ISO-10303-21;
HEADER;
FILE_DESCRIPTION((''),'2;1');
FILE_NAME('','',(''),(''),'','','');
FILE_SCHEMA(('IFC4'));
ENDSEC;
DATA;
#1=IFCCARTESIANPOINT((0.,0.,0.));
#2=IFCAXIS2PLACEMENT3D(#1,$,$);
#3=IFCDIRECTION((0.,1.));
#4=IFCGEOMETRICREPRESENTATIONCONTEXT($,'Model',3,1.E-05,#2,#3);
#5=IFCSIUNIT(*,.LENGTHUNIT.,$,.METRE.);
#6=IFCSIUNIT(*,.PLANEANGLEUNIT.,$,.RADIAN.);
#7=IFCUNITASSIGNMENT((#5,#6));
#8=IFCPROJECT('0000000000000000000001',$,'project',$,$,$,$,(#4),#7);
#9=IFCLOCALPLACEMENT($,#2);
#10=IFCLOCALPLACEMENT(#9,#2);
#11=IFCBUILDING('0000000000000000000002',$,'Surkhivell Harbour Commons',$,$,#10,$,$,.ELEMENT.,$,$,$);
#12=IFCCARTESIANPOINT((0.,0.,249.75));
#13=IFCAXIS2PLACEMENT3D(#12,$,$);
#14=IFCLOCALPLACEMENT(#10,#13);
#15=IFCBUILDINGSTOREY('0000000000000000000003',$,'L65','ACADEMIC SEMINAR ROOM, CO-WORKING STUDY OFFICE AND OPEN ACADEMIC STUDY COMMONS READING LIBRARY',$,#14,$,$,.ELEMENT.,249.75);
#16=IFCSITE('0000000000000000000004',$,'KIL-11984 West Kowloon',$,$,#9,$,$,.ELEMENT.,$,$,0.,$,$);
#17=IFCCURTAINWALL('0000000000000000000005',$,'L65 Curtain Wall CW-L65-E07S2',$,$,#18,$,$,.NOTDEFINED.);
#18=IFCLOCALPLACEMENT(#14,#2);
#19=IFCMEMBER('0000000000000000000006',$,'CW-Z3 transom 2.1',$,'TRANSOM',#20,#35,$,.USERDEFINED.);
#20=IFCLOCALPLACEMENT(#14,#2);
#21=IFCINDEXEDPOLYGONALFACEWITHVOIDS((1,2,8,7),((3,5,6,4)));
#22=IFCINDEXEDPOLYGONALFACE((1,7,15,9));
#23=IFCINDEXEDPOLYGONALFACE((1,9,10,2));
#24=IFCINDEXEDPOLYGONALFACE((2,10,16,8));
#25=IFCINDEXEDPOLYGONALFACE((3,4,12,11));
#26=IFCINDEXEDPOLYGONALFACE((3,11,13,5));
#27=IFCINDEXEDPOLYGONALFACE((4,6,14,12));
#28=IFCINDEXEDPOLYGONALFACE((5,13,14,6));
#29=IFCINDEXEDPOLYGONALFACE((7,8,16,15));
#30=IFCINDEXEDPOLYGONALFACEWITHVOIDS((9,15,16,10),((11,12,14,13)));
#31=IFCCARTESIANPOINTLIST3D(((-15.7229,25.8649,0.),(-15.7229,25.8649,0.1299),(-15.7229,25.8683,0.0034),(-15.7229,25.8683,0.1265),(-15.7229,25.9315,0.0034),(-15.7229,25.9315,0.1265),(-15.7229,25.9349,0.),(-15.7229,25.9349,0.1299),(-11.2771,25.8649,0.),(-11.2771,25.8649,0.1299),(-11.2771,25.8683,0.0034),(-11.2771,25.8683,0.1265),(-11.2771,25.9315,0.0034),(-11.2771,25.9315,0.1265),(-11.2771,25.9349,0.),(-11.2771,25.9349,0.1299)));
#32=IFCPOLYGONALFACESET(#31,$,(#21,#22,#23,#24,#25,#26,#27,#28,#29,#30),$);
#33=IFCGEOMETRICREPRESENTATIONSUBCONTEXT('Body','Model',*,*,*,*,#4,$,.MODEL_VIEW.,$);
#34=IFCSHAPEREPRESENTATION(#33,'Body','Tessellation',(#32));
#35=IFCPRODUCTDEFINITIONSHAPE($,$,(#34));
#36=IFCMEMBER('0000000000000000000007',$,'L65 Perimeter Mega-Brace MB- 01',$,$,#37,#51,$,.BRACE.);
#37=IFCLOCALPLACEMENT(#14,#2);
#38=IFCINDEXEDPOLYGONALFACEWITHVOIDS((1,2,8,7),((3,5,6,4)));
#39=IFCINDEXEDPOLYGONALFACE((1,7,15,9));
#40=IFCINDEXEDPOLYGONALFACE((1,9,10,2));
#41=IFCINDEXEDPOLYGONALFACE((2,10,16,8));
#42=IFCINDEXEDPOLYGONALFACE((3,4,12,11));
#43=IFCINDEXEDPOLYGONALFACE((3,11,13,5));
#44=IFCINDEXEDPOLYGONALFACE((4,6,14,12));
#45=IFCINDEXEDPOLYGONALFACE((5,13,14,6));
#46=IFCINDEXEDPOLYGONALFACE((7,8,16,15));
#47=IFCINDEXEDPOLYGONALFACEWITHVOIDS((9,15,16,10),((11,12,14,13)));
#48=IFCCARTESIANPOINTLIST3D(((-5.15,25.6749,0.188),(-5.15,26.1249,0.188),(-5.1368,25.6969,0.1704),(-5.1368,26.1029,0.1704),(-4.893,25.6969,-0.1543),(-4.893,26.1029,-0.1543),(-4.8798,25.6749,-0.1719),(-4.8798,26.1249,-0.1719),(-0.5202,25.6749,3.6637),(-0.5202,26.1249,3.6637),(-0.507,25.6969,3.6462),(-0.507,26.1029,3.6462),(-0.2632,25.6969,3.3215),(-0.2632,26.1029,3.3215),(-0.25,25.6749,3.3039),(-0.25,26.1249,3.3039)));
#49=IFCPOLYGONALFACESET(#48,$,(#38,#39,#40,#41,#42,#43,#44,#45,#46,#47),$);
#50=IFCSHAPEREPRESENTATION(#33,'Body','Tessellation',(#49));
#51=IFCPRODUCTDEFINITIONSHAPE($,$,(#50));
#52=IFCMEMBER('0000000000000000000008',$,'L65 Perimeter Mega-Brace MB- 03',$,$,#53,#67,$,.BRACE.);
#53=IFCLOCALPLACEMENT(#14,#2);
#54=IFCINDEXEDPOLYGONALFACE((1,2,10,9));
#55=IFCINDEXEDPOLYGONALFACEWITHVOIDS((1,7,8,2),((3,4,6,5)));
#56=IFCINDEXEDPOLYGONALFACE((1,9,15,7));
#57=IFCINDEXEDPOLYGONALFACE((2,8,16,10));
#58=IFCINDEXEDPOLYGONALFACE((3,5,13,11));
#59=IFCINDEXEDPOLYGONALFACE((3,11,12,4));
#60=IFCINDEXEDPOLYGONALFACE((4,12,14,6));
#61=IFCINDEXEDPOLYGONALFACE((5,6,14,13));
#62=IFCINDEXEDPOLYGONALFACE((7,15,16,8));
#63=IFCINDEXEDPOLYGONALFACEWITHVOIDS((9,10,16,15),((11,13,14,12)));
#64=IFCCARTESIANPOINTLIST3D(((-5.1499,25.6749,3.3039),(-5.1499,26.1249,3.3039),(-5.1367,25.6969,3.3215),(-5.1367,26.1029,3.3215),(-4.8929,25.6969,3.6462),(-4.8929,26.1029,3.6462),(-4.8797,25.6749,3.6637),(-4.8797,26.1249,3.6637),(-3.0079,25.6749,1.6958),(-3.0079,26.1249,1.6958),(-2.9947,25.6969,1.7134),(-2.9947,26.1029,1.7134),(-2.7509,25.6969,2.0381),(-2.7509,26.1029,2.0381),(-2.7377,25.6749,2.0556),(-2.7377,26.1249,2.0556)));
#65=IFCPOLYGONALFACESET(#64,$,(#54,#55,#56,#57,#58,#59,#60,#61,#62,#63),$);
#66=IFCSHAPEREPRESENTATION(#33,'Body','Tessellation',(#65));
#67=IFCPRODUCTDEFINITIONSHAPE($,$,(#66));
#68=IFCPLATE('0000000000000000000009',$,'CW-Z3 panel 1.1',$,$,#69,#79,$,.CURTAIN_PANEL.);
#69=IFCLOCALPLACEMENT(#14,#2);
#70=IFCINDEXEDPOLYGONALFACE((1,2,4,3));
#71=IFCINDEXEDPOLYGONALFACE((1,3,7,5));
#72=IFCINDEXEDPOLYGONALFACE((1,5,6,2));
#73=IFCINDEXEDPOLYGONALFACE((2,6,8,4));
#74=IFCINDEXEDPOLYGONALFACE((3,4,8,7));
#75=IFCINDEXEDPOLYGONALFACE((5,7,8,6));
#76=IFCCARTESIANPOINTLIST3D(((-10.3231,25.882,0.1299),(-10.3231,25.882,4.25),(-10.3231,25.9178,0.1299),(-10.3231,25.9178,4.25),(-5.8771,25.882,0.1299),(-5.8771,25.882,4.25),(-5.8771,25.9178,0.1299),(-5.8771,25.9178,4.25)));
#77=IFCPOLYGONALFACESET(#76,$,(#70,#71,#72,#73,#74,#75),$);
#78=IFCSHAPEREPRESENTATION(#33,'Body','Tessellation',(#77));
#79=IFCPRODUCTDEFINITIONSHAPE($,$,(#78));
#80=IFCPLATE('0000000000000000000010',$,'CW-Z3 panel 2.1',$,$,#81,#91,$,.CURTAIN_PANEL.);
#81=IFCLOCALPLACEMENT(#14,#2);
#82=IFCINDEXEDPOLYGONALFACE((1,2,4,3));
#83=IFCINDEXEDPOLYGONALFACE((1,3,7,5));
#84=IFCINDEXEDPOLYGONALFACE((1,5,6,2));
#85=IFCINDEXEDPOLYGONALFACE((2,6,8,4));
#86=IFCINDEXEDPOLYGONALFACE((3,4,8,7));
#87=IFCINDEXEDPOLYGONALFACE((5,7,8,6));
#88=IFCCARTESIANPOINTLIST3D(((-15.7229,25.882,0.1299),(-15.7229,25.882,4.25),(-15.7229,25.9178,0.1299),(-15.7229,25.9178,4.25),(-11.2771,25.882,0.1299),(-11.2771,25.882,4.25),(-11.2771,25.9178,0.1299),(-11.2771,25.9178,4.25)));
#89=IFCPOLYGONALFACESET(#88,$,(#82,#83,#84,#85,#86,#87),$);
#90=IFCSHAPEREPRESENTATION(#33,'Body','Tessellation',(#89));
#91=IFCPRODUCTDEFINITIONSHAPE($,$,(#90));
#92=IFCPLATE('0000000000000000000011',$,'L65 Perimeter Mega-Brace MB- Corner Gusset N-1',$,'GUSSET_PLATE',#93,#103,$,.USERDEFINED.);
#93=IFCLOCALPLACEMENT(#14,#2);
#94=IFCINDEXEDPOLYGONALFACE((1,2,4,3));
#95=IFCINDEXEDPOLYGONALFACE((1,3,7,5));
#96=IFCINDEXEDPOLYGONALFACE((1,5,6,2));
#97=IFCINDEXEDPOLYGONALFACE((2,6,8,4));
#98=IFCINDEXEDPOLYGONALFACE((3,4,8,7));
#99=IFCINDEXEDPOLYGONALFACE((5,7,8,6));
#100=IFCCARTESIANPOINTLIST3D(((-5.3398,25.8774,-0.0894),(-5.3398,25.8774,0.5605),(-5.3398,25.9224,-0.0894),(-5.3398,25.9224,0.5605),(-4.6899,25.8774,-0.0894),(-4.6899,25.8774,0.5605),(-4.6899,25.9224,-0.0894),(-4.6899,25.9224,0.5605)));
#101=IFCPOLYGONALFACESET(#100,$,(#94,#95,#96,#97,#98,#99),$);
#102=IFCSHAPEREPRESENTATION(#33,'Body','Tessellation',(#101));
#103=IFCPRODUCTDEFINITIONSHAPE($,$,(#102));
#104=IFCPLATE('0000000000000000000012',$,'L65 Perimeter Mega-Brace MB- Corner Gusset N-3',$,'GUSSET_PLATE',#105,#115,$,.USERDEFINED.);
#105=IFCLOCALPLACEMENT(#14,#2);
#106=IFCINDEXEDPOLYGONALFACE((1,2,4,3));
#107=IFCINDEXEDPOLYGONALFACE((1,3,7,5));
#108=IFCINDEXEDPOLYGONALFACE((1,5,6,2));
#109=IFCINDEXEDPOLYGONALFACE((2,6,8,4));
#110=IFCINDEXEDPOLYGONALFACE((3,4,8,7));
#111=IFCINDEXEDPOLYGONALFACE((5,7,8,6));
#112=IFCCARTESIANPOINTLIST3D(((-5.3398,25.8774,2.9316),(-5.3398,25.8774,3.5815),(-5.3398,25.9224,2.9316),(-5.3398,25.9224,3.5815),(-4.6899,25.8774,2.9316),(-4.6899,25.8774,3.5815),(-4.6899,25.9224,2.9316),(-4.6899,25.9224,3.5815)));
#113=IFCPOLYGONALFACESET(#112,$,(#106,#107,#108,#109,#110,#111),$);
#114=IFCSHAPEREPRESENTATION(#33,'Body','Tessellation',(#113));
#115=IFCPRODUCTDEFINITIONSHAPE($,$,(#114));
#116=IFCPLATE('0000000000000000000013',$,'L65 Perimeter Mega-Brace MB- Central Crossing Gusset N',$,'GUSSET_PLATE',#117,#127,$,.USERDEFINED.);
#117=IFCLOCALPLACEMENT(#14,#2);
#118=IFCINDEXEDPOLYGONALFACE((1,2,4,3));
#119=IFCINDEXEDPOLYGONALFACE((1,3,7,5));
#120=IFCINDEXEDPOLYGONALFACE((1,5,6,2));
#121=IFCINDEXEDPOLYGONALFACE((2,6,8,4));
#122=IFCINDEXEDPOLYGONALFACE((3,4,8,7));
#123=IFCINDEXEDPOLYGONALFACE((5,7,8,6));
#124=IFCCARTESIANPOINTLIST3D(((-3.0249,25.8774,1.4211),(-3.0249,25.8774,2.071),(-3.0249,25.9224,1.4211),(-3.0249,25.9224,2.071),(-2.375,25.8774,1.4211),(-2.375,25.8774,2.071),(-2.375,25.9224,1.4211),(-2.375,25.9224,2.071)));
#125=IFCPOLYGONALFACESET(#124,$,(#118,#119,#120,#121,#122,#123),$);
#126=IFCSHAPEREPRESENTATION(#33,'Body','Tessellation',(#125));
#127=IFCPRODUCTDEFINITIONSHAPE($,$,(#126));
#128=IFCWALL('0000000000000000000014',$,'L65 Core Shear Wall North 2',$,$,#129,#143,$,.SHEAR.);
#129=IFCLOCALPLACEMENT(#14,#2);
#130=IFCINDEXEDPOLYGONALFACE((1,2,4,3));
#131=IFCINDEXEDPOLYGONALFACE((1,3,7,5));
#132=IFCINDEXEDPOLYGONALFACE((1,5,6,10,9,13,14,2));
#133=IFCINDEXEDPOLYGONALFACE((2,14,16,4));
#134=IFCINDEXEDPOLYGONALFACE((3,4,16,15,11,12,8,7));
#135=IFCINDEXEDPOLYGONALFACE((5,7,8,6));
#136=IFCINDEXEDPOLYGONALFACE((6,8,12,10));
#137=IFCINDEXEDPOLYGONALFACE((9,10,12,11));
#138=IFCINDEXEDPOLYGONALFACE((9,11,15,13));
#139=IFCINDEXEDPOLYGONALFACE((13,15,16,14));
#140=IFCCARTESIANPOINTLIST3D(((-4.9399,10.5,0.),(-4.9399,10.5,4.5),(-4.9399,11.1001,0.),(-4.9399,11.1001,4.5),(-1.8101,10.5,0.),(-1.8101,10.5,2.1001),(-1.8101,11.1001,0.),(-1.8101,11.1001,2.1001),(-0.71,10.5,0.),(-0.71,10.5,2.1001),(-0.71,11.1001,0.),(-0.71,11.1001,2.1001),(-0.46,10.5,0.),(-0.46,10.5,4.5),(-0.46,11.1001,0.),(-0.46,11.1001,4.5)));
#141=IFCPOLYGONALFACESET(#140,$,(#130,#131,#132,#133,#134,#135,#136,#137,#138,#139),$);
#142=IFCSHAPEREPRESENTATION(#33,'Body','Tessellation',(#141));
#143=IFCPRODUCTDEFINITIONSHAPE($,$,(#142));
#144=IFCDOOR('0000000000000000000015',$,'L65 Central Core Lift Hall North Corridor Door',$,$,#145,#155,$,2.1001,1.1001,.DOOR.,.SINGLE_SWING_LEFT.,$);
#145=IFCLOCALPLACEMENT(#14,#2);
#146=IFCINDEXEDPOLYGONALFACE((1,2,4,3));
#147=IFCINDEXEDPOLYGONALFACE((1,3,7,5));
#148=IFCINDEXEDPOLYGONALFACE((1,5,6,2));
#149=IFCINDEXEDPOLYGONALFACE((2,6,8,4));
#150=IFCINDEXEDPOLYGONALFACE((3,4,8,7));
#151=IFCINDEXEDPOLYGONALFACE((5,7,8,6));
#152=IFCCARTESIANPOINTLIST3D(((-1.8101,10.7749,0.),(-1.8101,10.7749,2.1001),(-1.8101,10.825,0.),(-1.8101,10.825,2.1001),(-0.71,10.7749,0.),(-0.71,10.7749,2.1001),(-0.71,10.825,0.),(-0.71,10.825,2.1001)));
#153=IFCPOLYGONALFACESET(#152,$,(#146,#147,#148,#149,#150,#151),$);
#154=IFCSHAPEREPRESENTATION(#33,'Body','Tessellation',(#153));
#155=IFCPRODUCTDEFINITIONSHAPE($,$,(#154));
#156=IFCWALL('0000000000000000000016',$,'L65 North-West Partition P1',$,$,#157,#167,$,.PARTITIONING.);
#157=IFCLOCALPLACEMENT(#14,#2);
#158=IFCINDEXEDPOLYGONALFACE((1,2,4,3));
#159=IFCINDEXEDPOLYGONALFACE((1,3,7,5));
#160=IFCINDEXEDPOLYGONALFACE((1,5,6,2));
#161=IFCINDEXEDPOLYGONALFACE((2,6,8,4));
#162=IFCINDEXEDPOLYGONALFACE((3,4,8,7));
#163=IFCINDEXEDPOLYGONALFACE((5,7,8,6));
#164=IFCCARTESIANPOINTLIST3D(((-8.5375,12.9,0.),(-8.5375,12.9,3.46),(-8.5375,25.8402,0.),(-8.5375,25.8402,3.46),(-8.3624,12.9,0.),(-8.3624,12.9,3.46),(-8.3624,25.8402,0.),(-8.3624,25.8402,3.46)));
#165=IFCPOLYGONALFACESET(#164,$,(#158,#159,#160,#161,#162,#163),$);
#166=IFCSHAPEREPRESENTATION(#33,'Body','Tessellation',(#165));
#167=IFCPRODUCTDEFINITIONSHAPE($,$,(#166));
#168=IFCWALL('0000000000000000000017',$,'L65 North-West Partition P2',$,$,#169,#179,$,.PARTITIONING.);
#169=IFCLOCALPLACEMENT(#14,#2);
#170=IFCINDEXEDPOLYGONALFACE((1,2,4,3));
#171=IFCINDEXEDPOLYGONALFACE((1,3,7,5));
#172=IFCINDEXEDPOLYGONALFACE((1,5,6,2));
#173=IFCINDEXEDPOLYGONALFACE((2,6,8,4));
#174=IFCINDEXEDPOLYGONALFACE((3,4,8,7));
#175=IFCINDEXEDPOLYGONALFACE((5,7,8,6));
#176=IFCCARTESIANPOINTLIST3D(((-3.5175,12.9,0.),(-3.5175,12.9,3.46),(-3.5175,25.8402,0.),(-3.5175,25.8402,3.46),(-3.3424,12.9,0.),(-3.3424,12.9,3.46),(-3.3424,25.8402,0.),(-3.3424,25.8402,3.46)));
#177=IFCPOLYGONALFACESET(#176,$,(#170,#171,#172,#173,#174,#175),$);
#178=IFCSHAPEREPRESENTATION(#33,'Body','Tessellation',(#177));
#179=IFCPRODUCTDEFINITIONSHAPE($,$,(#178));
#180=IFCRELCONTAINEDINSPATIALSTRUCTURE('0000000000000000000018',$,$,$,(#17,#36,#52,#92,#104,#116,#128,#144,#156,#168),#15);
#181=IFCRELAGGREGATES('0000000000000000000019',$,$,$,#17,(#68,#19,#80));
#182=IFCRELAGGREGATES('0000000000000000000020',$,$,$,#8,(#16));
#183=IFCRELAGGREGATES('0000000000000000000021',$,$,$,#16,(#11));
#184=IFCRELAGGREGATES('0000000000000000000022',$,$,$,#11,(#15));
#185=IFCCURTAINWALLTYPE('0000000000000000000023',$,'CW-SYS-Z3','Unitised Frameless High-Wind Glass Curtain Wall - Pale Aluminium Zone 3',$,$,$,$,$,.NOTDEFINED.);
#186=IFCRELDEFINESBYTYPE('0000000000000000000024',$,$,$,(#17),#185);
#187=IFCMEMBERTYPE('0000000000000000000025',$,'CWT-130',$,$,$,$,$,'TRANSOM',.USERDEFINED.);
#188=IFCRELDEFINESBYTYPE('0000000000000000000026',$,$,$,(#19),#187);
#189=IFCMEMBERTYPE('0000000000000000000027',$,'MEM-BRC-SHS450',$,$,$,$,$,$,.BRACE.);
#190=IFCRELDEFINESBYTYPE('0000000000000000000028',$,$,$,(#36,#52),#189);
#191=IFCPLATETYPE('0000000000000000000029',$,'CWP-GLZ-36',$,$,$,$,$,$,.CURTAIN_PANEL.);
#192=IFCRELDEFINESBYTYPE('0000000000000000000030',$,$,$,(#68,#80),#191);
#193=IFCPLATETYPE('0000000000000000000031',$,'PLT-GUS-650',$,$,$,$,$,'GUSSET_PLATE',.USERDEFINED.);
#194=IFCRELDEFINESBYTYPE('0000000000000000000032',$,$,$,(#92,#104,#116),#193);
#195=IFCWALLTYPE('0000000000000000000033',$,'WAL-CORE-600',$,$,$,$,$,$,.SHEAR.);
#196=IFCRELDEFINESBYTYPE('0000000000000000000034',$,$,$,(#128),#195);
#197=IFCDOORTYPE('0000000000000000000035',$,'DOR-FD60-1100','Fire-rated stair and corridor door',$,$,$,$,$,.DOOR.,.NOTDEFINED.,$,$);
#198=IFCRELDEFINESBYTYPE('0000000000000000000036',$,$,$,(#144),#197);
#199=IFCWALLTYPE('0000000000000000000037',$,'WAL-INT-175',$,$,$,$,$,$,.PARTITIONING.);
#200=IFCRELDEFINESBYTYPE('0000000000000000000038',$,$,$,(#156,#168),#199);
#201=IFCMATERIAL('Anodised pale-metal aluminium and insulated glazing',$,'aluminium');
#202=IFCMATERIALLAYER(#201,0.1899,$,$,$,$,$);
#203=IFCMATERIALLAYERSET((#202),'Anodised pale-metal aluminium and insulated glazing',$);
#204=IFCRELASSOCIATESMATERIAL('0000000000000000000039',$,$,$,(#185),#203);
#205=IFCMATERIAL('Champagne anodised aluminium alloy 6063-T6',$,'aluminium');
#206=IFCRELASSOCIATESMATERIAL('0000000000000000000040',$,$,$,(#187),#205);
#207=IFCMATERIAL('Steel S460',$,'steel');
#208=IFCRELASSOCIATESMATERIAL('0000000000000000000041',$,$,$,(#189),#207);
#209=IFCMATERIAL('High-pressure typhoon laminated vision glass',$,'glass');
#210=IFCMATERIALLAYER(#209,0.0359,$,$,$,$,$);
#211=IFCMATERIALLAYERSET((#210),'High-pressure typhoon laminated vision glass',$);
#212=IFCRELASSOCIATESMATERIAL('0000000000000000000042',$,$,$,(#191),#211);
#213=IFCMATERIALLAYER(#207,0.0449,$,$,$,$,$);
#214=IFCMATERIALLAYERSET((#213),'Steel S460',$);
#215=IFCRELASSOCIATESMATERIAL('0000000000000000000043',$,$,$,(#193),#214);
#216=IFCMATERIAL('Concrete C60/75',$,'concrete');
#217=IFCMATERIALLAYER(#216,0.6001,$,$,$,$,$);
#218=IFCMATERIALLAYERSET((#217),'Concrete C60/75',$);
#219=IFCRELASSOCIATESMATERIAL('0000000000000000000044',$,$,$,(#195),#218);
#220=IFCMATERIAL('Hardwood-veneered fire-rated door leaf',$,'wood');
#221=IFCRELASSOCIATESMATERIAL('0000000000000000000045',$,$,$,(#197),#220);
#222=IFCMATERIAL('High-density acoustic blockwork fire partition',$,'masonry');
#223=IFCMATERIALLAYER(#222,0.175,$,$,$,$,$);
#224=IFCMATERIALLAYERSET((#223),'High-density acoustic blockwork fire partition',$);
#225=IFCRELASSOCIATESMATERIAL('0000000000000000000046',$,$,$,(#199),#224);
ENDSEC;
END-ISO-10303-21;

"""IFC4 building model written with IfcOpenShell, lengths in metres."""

from ifc_helpers import new_model, si_unit, direction, frame, frame_2d, origin, origin_2d, place, context, subcontext, project, spatial, rectangle, hollow_rectangle, extrude, material, layer, layer_set, material_profile, profile_set, type_object, element, fill, aggregate, save


model = new_model("IFC4")

# Units and contexts
model_context = context("Model", 3, precision=1e-05, world=origin(), true_north=direction((0.0, 1.0)))
body_context = subcontext(model_context, "Body", "Model", "MODEL_VIEW")
ifc_project = project(units=[si_unit("LENGTHUNIT", "METRE"), si_unit("PLANEANGLEUNIT", "RADIAN")], contexts=[model_context])

# Site, building, storey
site_placement = place(None, origin())
site = spatial("IfcSite", under=ifc_project, at=site_placement, Name="KIL-11984 West Kowloon", CompositionType="ELEMENT", RefElevation=0.0)
building_placement = place(site_placement, origin())
building = spatial("IfcBuilding", under=site, at=building_placement, Name="Surkhivell Harbour Commons", CompositionType="ELEMENT")
storey_placement = place(building_placement, frame((0.0, 0.0, 249.75)))
storey = spatial("IfcBuildingStorey", under=building, at=storey_placement, Name="L65", Description="ACADEMIC SEMINAR ROOM, CO-WORKING STUDY OFFICE AND OPEN ACADEMIC STUDY COMMONS READING LIBRARY", CompositionType="ELEMENT", Elevation=249.75)

# Shared definitions
ifc_material_1 = material(Name="Concrete C60/75", Category="concrete")

# Curtain wall, member
ifc_material_2 = material(Name="Anodised pale-metal aluminium and insulated glazing", Category="aluminium")
ifc_layer_1 = layer(ifc_material_2, 0.1899)
ifc_layer_set_1 = layer_set([ifc_layer_1], Name="Anodised pale-metal aluminium and insulated glazing")
curtain_wall_type = type_object("IfcCurtainWallType", Name="CW-SYS-Z3", Description="Unitised Frameless High-Wind Glass Curtain Wall - Pale Aluminium Zone 3", PredefinedType="NOTDEFINED", material=ifc_layer_set_1)
curtain_wall_placement = place(storey_placement, origin())
curtain_wall = element("IfcCurtainWall", 1, at=curtain_wall_placement, inside=storey, type_object=curtain_wall_type, Name="L65 Curtain Wall CW-L65-E07S2", PredefinedType="NOTDEFINED")
ifc_material_3 = material(Name="Champagne anodised aluminium alloy 6063-T6", Category="aluminium")
ifc_material_profile_1 = material_profile(ifc_material_3, hollow_rectangle(XDim=0.0701, YDim=0.1299, WallThickness=0.0034, at=origin_2d()), Name="ALU-TRAN-70x130")
ifc_profile_set_1 = profile_set([ifc_material_profile_1], Name="Champagne anodised aluminium alloy 6063-T6")
member_type_1 = type_object("IfcMemberType", Name="CWT-130", ElementType="TRANSOM", PredefinedType="USERDEFINED", material=ifc_profile_set_1)
member_1_placement = place(storey_placement, frame((-11.2771, 25.8999, 0.0649), z_axis=(-1.0, 0.0, 0.0), x_axis=(0.0, -1.0, 0.0)))
member_1 = element("IfcMember", 2, at=member_1_placement, type_object=member_type_1, Name="CW-Z3 transom 2.1", ObjectType="TRANSOM", PredefinedType="USERDEFINED", context=body_context, shape_type="SweptSolid", body=[
    extrude(hollow_rectangle(XDim=0.0701, YDim=0.1299, WallThickness=0.0034, at=origin_2d()), origin(), (0.0, 0.0, 1.0), 4.4458),
])

# Members
ifc_material_4 = material(Name="Steel S460", Category="steel")
ifc_material_profile_2 = material_profile(ifc_material_4, hollow_rectangle(XDim=0.45, YDim=0.45, WallThickness=0.022, at=origin_2d()), Name="SHS450x450x22")
ifc_profile_set_2 = profile_set([ifc_material_profile_2], Name="Steel S460")
member_type_2 = type_object("IfcMemberType", Name="MEM-BRC-SHS450", PredefinedType="BRACE", material=ifc_profile_set_2)
member_2_placement = place(storey_placement, frame((-5.0149, 25.8999, 0.0081), z_axis=(0.799717, 0.0, 0.600378), x_axis=(0.0, 1.0, 0.0)))
element("IfcMember", 3, at=member_2_placement, inside=storey, type_object=member_type_2, Name="L65 Perimeter Mega-Brace MB- 01", PredefinedType="BRACE", context=body_context, shape_type="SweptSolid", body=[
    extrude(hollow_rectangle(XDim=0.45, YDim=0.45, WallThickness=0.022, at=origin_2d()), origin(), (0.0, 0.0, 1.0), 5.7893),
])
member_3_placement = place(storey_placement, frame((-2.8728, 25.8999, 1.8757), z_axis=(-0.799716, 0.0, 0.600379), x_axis=(0.0, -1.0, 0.0)))
element("IfcMember", 4, at=member_3_placement, inside=storey, type_object=member_type_2, Name="L65 Perimeter Mega-Brace MB- 03", PredefinedType="BRACE", context=body_context, shape_type="SweptSolid", body=[
    extrude(hollow_rectangle(XDim=0.45, YDim=0.45, WallThickness=0.022, at=origin_2d()), origin(), (0.0, 0.0, 1.0), 2.6785),
])

# Plates
ifc_material_5 = material(Name="High-pressure typhoon laminated vision glass", Category="glass")
ifc_layer_2 = layer(ifc_material_5, 0.0359)
ifc_layer_set_2 = layer_set([ifc_layer_2], Name="High-pressure typhoon laminated vision glass")
plate_type_1 = type_object("IfcPlateType", Name="CWP-GLZ-36", PredefinedType="CURTAIN_PANEL", material=ifc_layer_set_2)
plate_1_placement = place(storey_placement, frame((-5.877, 25.8999, 0.1299), z_axis=(0.0, 0.0, 1.0), x_axis=(-1.0, 0.0, 0.0)))
plate_1 = element("IfcPlate", 5, at=plate_1_placement, type_object=plate_type_1, Name="CW-Z3 panel 1.1", PredefinedType="CURTAIN_PANEL", context=body_context, shape_type="SweptSolid", body=[
    extrude(rectangle(XDim=4.446, YDim=0.0359, at=frame_2d((2.2231, 0.0))), origin(), (0.0, 0.0, 1.0), 4.1201),
])
plate_2_placement = place(storey_placement, frame((-11.2771, 25.8999, 0.1299), z_axis=(0.0, 0.0, 1.0), x_axis=(-1.0, 0.0, 0.0)))
plate_2 = element("IfcPlate", 6, at=plate_2_placement, type_object=plate_type_1, Name="CW-Z3 panel 2.1", PredefinedType="CURTAIN_PANEL", context=body_context, shape_type="SweptSolid", body=[
    extrude(rectangle(XDim=4.4458, YDim=0.0359, at=frame_2d((2.2229, 0.0))), origin(), (0.0, 0.0, 1.0), 4.1201),
])
aggregate(curtain_wall, [plate_1, member_1, plate_2])

# Plates
ifc_layer_3 = layer(ifc_material_4, 0.0449)
ifc_layer_set_3 = layer_set([ifc_layer_3], Name="Steel S460")
plate_type_2 = type_object("IfcPlateType", Name="PLT-GUS-650", ElementType="GUSSET_PLATE", PredefinedType="USERDEFINED", material=ifc_layer_set_3)
for number, where, z_axis, x_axis, name in (
    (7, (-5.0149, 25.8999, -0.0894), (0.0, 0.0, 1.0), (1.0, 0.0, 0.0), "L65 Perimeter Mega-Brace MB- Corner Gusset N-1"),
    (8, (-5.0149, 25.8999, 2.9316), (0.0, 0.0, 1.0), (1.0, 0.0, 0.0), "L65 Perimeter Mega-Brace MB- Corner Gusset N-3"),
    (9, (-2.7, 25.8999, 1.4211), (0.0, 0.0, 1.0), (1.0, 0.0, 0.0), "L65 Perimeter Mega-Brace MB- Central Crossing Gusset N"),
):
    element("IfcPlate", number, at=place(storey_placement, frame(where, z_axis=z_axis, x_axis=x_axis)), inside=storey, type_object=plate_type_2, Name=name, ObjectType="GUSSET_PLATE", PredefinedType="USERDEFINED", context=body_context, shape_type="SweptSolid", body=[
        extrude(rectangle(XDim=0.6499, YDim=0.0449, at=origin_2d()), origin(), (0.0, 0.0, 1.0), 0.6499),
    ])

# Wall, opening, door
ifc_layer_4 = layer(ifc_material_1, 0.6001)
ifc_layer_set_4 = layer_set([ifc_layer_4], Name="Concrete C60/75")
wall_type_1 = type_object("IfcWallType", Name="WAL-CORE-600", PredefinedType="SHEAR", material=ifc_layer_set_4)
wall_1_placement = place(storey_placement, frame((-4.9399, 10.8, 0.0), z_axis=(0.0, 0.0, 1.0), x_axis=(1.0, 0.0, 0.0)))
wall_1 = element("IfcWall", 10, at=wall_1_placement, inside=storey, type_object=wall_type_1, Name="L65 Core Shear Wall North 2", PredefinedType="SHEAR", context=body_context, shape_type="SweptSolid", body=[
    extrude(rectangle(XDim=4.48, YDim=0.6001, at=frame_2d((2.24, 0.0))), origin(), (0.0, 0.0, 1.0), 4.5),
])
opening_1_placement = place(wall_1_placement, frame((3.1299, 0.0, 0.0)))
opening_1 = element("IfcOpeningElement", 11, at=opening_1_placement, cuts=wall_1, PredefinedType="OPENING", context=body_context, shape_type="SweptSolid", body=[
    extrude(rectangle(XDim=1.1001, YDim=2.1001, at=frame_2d((0.55, 1.05))), frame((0.0, 0.3101, 0.0), z_axis=(0.0, -1.0, 0.0), x_axis=(1.0, 0.0, 0.0)), (0.0, 0.0, 1.0), 0.6201),
])
ifc_material_6 = material(Name="Hardwood-veneered fire-rated door leaf", Category="wood")
door_type_1 = type_object("IfcDoorType", Name="DOR-FD60-1100", Description="Fire-rated stair and corridor door", OperationType="NOTDEFINED", PredefinedType="DOOR", material=ifc_material_6)
door_1_placement = place(opening_1_placement, origin())
door_1 = element("IfcDoor", 12, at=door_1_placement, inside=storey, type_object=door_type_1, Name="L65 Central Core Lift Hall North Corridor Door", OperationType="SINGLE_SWING_LEFT", OverallHeight=2.1001, OverallWidth=1.1001, PredefinedType="DOOR", context=body_context, shape_type="SweptSolid", body=[
    extrude(rectangle(XDim=1.1001, YDim=2.1001, at=frame_2d((0.55, 1.05))), frame((0.0, 0.0249, 0.0), z_axis=(0.0, -1.0, 0.0), x_axis=(1.0, 0.0, 0.0)), (0.0, 0.0, 1.0), 0.05),
])
fill(opening_1, door_1)

# Walls
ifc_material_7 = material(Name="High-density acoustic blockwork fire partition", Category="masonry")
ifc_layer_5 = layer(ifc_material_7, 0.175)
ifc_layer_set_5 = layer_set([ifc_layer_5], Name="High-density acoustic blockwork fire partition")
wall_type_2 = type_object("IfcWallType", Name="WAL-INT-175", PredefinedType="PARTITIONING", material=ifc_layer_set_5)
for number, where, z_axis, x_axis, name in (
    (13, (-8.45, 12.8999, 0.0), (0.0, 0.0, 1.0), (0.0, 1.0, 0.0), "L65 North-West Partition P1"),
    (14, (-3.4299, 12.8999, 0.0), (0.0, 0.0, 1.0), (0.0, 1.0, 0.0), "L65 North-West Partition P2"),
):
    element("IfcWall", number, at=place(storey_placement, frame(where, z_axis=z_axis, x_axis=x_axis)), inside=storey, type_object=wall_type_2, Name=name, PredefinedType="PARTITIONING", context=body_context, shape_type="SweptSolid", body=[
        extrude(rectangle(XDim=12.9402, YDim=0.175, at=frame_2d((6.4702, 0.0))), origin(), (0.0, 0.0, 1.0), 3.46),
    ])

save(model, "model.ifc")
